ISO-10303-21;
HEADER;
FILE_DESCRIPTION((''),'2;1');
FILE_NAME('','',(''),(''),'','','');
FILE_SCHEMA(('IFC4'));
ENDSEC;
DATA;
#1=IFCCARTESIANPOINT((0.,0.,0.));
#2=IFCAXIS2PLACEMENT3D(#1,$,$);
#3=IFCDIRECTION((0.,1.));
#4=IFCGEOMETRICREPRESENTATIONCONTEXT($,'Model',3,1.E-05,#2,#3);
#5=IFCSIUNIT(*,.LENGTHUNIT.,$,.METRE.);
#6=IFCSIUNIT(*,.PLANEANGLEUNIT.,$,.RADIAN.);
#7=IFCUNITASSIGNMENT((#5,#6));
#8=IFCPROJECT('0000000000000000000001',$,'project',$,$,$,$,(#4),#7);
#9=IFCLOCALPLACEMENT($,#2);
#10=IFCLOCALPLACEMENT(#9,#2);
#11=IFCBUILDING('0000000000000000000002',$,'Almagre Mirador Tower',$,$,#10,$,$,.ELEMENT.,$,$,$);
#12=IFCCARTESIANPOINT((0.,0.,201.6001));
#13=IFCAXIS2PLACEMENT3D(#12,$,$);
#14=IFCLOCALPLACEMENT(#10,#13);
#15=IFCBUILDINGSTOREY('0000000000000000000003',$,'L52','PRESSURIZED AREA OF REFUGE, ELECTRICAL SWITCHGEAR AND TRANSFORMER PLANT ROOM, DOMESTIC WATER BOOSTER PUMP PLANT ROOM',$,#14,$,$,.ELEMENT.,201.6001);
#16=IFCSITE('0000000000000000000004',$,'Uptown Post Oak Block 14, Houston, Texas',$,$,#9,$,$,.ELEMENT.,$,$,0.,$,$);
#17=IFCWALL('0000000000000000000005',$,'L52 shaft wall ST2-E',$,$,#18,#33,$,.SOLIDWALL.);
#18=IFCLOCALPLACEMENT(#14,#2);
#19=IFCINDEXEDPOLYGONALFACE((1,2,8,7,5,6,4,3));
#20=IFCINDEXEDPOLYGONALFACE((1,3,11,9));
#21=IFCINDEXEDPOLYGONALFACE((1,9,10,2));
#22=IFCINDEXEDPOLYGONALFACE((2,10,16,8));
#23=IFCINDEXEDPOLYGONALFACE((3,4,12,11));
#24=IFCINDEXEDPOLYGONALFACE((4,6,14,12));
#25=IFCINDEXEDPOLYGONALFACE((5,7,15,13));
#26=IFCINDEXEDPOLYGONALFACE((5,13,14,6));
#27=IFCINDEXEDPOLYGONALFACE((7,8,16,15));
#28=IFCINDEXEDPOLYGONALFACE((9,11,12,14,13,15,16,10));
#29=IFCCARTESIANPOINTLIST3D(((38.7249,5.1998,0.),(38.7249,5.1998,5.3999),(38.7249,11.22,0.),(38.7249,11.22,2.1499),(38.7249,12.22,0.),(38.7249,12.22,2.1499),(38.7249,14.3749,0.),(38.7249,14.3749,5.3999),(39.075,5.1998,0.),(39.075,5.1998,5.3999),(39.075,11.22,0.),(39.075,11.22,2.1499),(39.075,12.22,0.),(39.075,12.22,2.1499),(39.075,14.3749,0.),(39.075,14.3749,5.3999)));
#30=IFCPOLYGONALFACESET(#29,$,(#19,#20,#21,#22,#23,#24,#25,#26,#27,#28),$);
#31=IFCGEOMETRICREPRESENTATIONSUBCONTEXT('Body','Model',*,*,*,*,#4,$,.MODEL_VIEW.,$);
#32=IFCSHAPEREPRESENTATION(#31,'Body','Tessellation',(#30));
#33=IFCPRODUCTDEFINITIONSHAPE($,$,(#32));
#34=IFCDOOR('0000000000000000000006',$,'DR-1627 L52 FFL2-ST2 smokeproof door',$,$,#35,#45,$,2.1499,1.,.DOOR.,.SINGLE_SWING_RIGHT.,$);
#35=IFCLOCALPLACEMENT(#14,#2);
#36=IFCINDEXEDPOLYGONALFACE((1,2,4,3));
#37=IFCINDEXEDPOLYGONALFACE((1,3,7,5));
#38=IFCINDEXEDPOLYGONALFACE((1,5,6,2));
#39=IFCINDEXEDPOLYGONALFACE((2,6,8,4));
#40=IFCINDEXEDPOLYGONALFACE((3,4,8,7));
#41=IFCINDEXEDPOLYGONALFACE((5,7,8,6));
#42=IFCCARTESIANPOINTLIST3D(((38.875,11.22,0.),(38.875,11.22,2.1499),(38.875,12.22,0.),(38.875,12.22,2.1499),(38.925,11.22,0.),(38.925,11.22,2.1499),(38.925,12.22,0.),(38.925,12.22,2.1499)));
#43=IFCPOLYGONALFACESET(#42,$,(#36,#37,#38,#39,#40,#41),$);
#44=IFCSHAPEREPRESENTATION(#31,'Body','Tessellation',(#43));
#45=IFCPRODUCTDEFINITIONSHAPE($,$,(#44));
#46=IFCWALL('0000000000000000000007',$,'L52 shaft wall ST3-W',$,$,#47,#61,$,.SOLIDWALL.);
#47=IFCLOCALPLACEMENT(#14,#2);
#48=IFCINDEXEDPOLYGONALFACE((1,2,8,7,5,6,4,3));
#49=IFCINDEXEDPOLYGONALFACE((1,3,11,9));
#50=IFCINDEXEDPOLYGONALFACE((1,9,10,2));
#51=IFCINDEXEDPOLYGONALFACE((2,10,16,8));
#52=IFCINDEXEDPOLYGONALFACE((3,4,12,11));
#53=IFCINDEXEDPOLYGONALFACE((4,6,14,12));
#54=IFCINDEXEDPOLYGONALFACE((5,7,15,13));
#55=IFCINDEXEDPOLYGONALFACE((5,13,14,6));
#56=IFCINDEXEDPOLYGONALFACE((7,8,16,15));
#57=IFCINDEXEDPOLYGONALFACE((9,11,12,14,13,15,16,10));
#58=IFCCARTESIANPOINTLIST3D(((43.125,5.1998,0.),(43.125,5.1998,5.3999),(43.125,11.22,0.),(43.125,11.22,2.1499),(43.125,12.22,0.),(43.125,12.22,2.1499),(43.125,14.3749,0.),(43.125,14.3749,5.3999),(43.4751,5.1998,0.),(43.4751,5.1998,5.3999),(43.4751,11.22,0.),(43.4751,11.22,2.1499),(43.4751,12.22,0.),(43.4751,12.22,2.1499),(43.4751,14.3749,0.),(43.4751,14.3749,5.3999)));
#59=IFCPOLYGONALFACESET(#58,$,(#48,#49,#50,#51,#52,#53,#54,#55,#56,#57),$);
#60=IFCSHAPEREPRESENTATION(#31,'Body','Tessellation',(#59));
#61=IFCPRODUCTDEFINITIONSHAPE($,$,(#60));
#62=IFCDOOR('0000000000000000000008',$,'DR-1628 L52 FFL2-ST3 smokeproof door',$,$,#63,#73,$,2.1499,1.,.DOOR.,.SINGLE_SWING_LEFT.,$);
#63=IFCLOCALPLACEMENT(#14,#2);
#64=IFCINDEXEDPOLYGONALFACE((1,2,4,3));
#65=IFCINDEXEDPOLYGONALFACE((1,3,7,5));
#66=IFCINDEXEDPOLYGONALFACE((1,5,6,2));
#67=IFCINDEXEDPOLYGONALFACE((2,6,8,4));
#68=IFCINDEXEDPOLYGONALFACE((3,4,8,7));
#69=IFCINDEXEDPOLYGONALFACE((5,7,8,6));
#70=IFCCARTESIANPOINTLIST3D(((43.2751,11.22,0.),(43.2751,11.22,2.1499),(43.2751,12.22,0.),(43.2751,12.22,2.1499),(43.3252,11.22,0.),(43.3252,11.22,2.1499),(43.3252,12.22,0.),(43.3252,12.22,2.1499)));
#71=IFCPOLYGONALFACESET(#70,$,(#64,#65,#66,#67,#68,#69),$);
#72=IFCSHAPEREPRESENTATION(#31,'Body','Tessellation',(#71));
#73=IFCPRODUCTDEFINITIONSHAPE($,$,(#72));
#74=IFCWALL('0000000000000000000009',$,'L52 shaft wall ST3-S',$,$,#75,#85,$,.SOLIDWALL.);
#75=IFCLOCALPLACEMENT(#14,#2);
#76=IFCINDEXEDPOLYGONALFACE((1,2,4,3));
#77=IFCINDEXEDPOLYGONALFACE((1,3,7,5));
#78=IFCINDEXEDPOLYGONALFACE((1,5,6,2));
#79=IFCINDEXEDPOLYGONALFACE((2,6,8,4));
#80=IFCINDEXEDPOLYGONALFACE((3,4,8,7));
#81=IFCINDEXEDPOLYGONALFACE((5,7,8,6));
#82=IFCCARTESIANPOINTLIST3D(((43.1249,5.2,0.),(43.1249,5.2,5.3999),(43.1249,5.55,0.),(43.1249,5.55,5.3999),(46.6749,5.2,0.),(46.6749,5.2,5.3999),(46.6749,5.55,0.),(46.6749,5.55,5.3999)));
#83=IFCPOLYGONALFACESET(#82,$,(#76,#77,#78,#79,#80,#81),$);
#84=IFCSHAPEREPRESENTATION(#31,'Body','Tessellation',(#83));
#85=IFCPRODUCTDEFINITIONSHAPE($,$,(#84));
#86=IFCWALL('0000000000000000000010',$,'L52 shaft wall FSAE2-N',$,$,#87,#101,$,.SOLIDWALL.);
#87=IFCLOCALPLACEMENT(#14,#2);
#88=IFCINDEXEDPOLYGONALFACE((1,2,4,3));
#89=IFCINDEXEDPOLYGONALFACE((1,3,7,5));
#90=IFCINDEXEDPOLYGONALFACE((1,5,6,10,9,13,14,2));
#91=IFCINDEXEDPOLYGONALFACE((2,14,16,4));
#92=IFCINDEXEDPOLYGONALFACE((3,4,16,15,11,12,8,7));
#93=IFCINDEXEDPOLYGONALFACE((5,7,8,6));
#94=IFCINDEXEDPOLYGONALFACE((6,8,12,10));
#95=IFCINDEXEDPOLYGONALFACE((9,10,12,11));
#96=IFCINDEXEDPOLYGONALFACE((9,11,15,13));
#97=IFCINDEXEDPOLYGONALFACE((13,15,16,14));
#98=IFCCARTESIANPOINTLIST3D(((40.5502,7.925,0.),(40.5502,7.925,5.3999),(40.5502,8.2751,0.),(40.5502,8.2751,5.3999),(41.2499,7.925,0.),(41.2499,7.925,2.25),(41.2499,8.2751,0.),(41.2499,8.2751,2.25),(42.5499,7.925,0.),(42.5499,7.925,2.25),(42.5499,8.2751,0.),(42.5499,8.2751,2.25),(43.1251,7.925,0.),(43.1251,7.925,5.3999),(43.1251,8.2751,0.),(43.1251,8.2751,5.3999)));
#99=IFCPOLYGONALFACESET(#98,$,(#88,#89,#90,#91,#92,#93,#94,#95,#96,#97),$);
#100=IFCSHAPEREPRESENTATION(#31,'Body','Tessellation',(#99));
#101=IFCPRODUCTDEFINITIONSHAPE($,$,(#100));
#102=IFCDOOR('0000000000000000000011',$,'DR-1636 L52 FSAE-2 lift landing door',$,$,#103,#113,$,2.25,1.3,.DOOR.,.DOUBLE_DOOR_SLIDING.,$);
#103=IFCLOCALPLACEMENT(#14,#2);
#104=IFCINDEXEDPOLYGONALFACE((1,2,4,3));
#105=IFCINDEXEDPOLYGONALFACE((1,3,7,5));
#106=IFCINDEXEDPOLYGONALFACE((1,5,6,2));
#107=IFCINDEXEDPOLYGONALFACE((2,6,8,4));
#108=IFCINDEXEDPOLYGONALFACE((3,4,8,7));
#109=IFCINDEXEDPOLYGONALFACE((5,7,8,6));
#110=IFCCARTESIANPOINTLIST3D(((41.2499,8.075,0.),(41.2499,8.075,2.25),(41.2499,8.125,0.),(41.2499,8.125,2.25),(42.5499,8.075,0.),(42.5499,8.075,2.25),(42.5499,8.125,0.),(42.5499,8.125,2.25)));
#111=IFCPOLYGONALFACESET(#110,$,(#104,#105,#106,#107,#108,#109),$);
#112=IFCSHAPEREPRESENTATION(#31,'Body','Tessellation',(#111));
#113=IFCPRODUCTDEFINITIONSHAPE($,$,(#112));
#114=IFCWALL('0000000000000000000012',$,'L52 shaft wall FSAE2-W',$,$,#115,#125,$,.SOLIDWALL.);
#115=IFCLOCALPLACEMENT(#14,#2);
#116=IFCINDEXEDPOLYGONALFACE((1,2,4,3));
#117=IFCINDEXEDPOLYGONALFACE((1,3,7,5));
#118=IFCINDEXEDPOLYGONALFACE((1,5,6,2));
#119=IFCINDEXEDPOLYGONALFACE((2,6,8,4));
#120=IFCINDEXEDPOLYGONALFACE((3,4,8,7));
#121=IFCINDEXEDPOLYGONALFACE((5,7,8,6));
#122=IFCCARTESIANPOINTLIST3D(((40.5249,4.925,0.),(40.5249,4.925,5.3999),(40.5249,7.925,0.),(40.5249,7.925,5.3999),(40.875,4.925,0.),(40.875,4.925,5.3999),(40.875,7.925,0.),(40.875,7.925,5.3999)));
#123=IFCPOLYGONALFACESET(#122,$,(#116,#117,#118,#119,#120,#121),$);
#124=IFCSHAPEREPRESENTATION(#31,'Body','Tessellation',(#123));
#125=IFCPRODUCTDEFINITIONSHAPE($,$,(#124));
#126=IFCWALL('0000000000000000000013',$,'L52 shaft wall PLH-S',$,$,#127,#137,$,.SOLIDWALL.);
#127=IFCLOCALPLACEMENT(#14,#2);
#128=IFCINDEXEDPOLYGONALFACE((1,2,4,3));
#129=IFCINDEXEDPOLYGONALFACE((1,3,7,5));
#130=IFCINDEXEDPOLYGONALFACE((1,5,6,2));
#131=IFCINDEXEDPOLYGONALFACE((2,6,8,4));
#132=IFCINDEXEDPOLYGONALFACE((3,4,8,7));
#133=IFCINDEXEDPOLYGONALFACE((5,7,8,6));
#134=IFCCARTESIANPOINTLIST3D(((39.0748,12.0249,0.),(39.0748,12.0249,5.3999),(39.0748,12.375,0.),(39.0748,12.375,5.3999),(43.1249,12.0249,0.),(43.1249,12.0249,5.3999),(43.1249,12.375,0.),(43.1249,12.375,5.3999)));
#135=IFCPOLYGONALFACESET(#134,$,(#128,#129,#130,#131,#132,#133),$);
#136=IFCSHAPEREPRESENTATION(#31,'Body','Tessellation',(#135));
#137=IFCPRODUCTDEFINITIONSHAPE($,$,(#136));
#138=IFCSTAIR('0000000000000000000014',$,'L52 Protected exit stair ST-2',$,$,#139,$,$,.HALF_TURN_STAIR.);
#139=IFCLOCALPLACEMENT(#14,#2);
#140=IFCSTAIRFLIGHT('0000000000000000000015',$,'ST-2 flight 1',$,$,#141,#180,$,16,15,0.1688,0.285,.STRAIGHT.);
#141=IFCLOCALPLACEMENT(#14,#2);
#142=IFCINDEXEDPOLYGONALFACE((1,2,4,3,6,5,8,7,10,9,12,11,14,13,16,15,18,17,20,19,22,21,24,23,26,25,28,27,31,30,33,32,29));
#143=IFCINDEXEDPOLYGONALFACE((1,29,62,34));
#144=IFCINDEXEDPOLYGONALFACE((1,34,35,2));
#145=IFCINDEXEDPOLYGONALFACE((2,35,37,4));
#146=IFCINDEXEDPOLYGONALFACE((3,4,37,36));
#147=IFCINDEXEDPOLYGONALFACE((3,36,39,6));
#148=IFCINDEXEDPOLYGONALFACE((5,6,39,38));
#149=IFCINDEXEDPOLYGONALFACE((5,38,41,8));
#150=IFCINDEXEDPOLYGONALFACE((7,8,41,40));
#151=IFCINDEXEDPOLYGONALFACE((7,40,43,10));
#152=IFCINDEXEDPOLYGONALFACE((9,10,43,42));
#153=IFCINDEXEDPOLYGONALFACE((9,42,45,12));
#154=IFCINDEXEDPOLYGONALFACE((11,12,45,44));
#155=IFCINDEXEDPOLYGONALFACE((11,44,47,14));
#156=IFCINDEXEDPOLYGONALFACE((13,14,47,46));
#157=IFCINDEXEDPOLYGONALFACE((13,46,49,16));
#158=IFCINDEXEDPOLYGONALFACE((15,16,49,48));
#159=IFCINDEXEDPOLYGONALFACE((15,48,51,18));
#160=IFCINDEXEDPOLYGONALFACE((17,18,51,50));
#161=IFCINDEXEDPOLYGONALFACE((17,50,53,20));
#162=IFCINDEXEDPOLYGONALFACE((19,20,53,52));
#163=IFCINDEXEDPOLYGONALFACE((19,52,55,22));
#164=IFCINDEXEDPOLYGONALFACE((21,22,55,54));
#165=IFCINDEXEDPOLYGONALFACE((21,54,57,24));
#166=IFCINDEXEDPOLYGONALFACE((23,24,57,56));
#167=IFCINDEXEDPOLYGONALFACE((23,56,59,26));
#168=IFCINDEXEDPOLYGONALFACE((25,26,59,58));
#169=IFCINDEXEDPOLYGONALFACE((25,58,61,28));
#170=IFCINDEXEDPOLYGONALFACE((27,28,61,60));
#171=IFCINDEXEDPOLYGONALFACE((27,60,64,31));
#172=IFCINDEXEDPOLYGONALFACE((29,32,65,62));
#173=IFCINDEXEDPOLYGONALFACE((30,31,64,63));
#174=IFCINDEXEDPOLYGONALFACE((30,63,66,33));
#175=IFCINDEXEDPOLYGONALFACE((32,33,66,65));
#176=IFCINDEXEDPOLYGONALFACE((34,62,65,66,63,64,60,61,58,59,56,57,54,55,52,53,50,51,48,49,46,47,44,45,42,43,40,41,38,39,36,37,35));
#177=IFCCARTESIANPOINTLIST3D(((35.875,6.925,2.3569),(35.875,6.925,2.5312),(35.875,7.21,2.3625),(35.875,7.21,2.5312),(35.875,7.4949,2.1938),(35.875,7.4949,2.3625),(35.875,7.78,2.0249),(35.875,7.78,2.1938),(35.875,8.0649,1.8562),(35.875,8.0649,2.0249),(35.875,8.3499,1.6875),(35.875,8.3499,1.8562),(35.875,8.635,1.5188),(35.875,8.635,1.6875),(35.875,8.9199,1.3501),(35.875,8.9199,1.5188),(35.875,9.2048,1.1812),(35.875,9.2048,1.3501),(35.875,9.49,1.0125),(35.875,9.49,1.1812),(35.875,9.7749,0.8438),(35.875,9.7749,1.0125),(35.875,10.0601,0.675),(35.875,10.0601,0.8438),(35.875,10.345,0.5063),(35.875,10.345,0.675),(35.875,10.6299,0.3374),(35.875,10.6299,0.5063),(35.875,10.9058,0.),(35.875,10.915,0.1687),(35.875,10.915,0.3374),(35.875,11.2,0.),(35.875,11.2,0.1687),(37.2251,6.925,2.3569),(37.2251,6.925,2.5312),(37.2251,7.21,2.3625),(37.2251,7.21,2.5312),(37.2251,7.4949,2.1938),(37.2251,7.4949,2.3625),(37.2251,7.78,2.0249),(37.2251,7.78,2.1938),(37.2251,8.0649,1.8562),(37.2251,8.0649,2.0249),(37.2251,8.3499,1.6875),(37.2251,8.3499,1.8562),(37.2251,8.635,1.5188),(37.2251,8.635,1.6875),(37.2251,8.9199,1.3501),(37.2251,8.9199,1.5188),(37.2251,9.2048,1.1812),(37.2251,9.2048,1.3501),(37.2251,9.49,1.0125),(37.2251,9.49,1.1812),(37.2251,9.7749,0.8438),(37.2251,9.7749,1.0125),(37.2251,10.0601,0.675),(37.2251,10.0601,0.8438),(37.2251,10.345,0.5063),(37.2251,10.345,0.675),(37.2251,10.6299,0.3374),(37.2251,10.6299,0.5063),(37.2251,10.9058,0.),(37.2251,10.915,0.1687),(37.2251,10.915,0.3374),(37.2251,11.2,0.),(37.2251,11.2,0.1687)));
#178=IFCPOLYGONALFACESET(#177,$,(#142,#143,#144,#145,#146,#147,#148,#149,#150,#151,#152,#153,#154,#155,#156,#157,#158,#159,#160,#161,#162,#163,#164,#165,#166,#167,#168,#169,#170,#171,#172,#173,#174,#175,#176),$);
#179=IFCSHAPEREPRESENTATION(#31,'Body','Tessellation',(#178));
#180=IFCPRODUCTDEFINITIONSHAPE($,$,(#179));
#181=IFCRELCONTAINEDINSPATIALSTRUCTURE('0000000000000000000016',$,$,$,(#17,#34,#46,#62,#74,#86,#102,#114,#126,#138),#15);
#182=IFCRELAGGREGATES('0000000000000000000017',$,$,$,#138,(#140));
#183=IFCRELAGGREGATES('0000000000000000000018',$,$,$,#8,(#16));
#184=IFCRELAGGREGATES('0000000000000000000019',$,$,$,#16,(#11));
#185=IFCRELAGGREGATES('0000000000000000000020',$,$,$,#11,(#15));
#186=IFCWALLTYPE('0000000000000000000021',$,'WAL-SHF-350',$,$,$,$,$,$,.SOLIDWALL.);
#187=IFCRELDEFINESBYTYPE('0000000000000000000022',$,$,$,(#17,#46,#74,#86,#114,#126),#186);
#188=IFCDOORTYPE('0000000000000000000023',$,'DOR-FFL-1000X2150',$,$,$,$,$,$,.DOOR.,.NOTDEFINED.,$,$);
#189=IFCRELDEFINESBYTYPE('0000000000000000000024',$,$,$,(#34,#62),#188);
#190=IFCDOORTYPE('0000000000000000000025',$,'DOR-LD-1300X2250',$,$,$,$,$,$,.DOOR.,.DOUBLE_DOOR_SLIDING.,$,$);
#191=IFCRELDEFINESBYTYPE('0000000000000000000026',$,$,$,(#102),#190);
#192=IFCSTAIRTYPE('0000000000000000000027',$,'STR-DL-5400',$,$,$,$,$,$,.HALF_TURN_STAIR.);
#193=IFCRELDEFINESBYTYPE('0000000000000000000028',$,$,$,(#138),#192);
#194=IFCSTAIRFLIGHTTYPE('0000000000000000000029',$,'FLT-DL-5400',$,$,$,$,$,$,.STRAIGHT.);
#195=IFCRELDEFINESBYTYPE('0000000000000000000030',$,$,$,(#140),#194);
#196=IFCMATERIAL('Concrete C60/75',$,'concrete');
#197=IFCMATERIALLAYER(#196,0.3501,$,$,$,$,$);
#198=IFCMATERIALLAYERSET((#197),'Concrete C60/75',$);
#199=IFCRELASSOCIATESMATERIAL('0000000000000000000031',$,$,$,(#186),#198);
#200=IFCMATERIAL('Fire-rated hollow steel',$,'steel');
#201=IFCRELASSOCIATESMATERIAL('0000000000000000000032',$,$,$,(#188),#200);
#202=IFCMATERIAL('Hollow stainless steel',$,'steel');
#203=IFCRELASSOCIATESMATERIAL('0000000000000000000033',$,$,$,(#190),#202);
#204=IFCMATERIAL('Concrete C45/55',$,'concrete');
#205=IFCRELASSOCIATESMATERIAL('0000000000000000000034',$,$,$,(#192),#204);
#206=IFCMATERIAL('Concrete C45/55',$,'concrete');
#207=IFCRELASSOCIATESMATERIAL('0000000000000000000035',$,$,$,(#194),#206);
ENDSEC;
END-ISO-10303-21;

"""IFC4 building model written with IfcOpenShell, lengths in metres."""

from ifc_helpers import new_model, si_unit, direction, frame, frame_2d, origin, place, context, subcontext, project, spatial, polyline, rectangle, outline, extrude, material, layer, layer_set, type_object, element, fill, aggregate, save


model = new_model("IFC4")

# Units and contexts
model_context = context("Model", 3, precision=1e-05, world=origin(), true_north=direction((0.0, 1.0)))
body_context = subcontext(model_context, "Body", "Model", "MODEL_VIEW")
ifc_project = project(units=[si_unit("LENGTHUNIT", "METRE"), si_unit("PLANEANGLEUNIT", "RADIAN")], contexts=[model_context])

# Site, building, storey
site_placement = place(None, origin())
site = spatial("IfcSite", under=ifc_project, at=site_placement, Name="Uptown Post Oak Block 14, Houston, Texas", CompositionType="ELEMENT", RefElevation=0.0)
building_placement = place(site_placement, origin())
building = spatial("IfcBuilding", under=site, at=building_placement, Name="Almagre Mirador Tower", CompositionType="ELEMENT")
storey_placement = place(building_placement, frame((0.0, 0.0, 201.6001)))
storey = spatial("IfcBuildingStorey", under=building, at=storey_placement, Name="L52", Description="PRESSURIZED AREA OF REFUGE, ELECTRICAL SWITCHGEAR AND TRANSFORMER PLANT ROOM, DOMESTIC WATER BOOSTER PUMP PLANT ROOM", CompositionType="ELEMENT", Elevation=201.6001)

# Walls, openings, doors
ifc_material_1 = material(Name="Concrete C60/75", Category="concrete")
ifc_layer_1 = layer(ifc_material_1, 0.3501)
ifc_layer_set_1 = layer_set([ifc_layer_1], Name="Concrete C60/75")
wall_type_1 = type_object("IfcWallType", Name="WAL-SHF-350", PredefinedType="SOLIDWALL", material=ifc_layer_set_1)
wall_1_placement = place(storey_placement, frame((38.8999, 5.2, 0.0), z_axis=(0.0, 0.0, 1.0), x_axis=(0.0, 1.0, 0.0)))
wall_1 = element("IfcWall", 1, at=wall_1_placement, inside=storey, type_object=wall_type_1, Name="L52 shaft wall ST2-E", PredefinedType="SOLIDWALL", context=body_context, shape_type="SweptSolid", body=[
    extrude(rectangle(XDim=9.175, YDim=0.3501, at=frame_2d((4.5874, 0.0))), origin(), (0.0, 0.0, 1.0), 5.3999),
])
opening_1_placement = place(wall_1_placement, frame((6.02, 0.0, 0.0)))
opening_1 = element("IfcOpeningElement", 2, at=opening_1_placement, cuts=wall_1, PredefinedType="OPENING", context=body_context, shape_type="SweptSolid", body=[
    extrude(rectangle(XDim=1.0, YDim=2.1499, at=frame_2d((0.5, 1.075))), frame((0.0, 0.185, 0.0), z_axis=(0.0, -1.0, 0.0), x_axis=(1.0, 0.0, 0.0)), (0.0, 0.0, 1.0), 0.3701),
])
ifc_material_2 = material(Name="Fire-rated hollow steel", Category="steel")
door_type_1 = type_object("IfcDoorType", Name="DOR-FFL-1000X2150", OperationType="NOTDEFINED", PredefinedType="DOOR", material=ifc_material_2)
door_1_placement = place(opening_1_placement, origin())
door_1 = element("IfcDoor", 3, at=door_1_placement, inside=storey, type_object=door_type_1, Name="DR-1627 L52 FFL2-ST2 smokeproof door", OperationType="SINGLE_SWING_RIGHT", OverallHeight=2.1499, OverallWidth=1.0, PredefinedType="DOOR", context=body_context, shape_type="SweptSolid", body=[
    extrude(rectangle(XDim=1.0, YDim=2.1499, at=frame_2d((0.5, 1.075))), frame((0.0, 0.0249, 0.0), z_axis=(0.0, -1.0, 0.0), x_axis=(1.0, 0.0, 0.0)), (0.0, 0.0, 1.0), 0.05),
])
fill(opening_1, door_1)
wall_2_placement = place(storey_placement, frame((43.3, 5.2, 0.0), z_axis=(0.0, 0.0, 1.0), x_axis=(0.0, 1.0, 0.0)))
wall_2 = element("IfcWall", 4, at=wall_2_placement, inside=storey, type_object=wall_type_1, Name="L52 shaft wall ST3-W", PredefinedType="SOLIDWALL", context=body_context, shape_type="SweptSolid", body=[
    extrude(rectangle(XDim=9.175, YDim=0.3501, at=frame_2d((4.5874, 0.0))), origin(), (0.0, 0.0, 1.0), 5.3999),
])
opening_2_placement = place(wall_2_placement, frame((6.02, 0.0, 0.0)))
opening_2 = element("IfcOpeningElement", 5, at=opening_2_placement, cuts=wall_2, PredefinedType="OPENING", context=body_context, shape_type="SweptSolid", body=[
    extrude(rectangle(XDim=1.0, YDim=2.1499, at=frame_2d((0.5, 1.075))), frame((0.0, 0.185, 0.0), z_axis=(0.0, -1.0, 0.0), x_axis=(1.0, 0.0, 0.0)), (0.0, 0.0, 1.0), 0.3701),
])
door_2_placement = place(opening_2_placement, origin())
door_2 = element("IfcDoor", 6, at=door_2_placement, inside=storey, type_object=door_type_1, Name="DR-1628 L52 FFL2-ST3 smokeproof door", OperationType="SINGLE_SWING_LEFT", OverallHeight=2.1499, OverallWidth=1.0, PredefinedType="DOOR", context=body_context, shape_type="SweptSolid", body=[
    extrude(rectangle(XDim=1.0, YDim=2.1499, at=frame_2d((0.5, 1.075))), frame((0.0, 0.0249, 0.0), z_axis=(0.0, -1.0, 0.0), x_axis=(1.0, 0.0, 0.0)), (0.0, 0.0, 1.0), 0.05),
])
fill(opening_2, door_2)

# Wall
wall_3_placement = place(storey_placement, frame((43.125, 5.375, 0.0), z_axis=(0.0, 0.0, 1.0), x_axis=(1.0, 0.0, 0.0)))
element("IfcWall", 7, at=wall_3_placement, inside=storey, type_object=wall_type_1, Name="L52 shaft wall ST3-S", PredefinedType="SOLIDWALL", context=body_context, shape_type="SweptSolid", body=[
    extrude(rectangle(XDim=3.55, YDim=0.3501, at=frame_2d((1.7749, 0.0))), origin(), (0.0, 0.0, 1.0), 5.3999),
])

# Wall, opening, door
wall_4_placement = place(storey_placement, frame((40.55, 8.1001, 0.0), z_axis=(0.0, 0.0, 1.0), x_axis=(1.0, 0.0, 0.0)))
wall_4 = element("IfcWall", 8, at=wall_4_placement, inside=storey, type_object=wall_type_1, Name="L52 shaft wall FSAE2-N", PredefinedType="SOLIDWALL", context=body_context, shape_type="SweptSolid", body=[
    extrude(rectangle(XDim=2.575, YDim=0.3501, at=frame_2d((1.2876, 0.0))), origin(), (0.0, 0.0, 1.0), 5.3999),
])
opening_3_placement = place(wall_4_placement, frame((0.7, 0.0, 0.0)))
opening_3 = element("IfcOpeningElement", 9, at=opening_3_placement, cuts=wall_4, PredefinedType="OPENING", context=body_context, shape_type="SweptSolid", body=[
    extrude(rectangle(XDim=1.3, YDim=2.25, at=frame_2d((0.6499, 1.125))), frame((0.0, 0.185, 0.0), z_axis=(0.0, -1.0, 0.0), x_axis=(1.0, 0.0, 0.0)), (0.0, 0.0, 1.0), 0.3701),
])
ifc_material_3 = material(Name="Hollow stainless steel", Category="steel")
door_type_2 = type_object("IfcDoorType", Name="DOR-LD-1300X2250", OperationType="DOUBLE_DOOR_SLIDING", PredefinedType="DOOR", material=ifc_material_3)
door_3_placement = place(opening_3_placement, origin())
door_3 = element("IfcDoor", 10, at=door_3_placement, inside=storey, type_object=door_type_2, Name="DR-1636 L52 FSAE-2 lift landing door", OperationType="DOUBLE_DOOR_SLIDING", OverallHeight=2.25, OverallWidth=1.3, PredefinedType="DOOR", context=body_context, shape_type="SweptSolid", body=[
    extrude(rectangle(XDim=1.3, YDim=2.25, at=frame_2d((0.6499, 1.125))), frame((0.0, 0.0249, 0.0), z_axis=(0.0, -1.0, 0.0), x_axis=(1.0, 0.0, 0.0)), (0.0, 0.0, 1.0), 0.05),
])
fill(opening_3, door_3)

# Walls
wall_5_placement = place(storey_placement, frame((40.7, 4.925, 0.0), z_axis=(0.0, 0.0, 1.0), x_axis=(0.0, 1.0, 0.0)))
element("IfcWall", 11, at=wall_5_placement, inside=storey, type_object=wall_type_1, Name="L52 shaft wall FSAE2-W", PredefinedType="SOLIDWALL", context=body_context, shape_type="SweptSolid", body=[
    extrude(rectangle(XDim=3.0, YDim=0.3501, at=frame_2d((1.5, 0.0))), origin(), (0.0, 0.0, 1.0), 5.3999),
])
wall_6_placement = place(storey_placement, frame((39.075, 12.2, 0.0), z_axis=(0.0, 0.0, 1.0), x_axis=(1.0, 0.0, 0.0)))
element("IfcWall", 12, at=wall_6_placement, inside=storey, type_object=wall_type_1, Name="L52 shaft wall PLH-S", PredefinedType="SOLIDWALL", context=body_context, shape_type="SweptSolid", body=[
    extrude(rectangle(XDim=4.05, YDim=0.3501, at=frame_2d((2.0249, 0.0))), origin(), (0.0, 0.0, 1.0), 5.3999),
])

# Stair, stair flight
ifc_material_4 = material(Name="Concrete C45/55", Category="concrete")
stair_type = type_object("IfcStairType", Name="STR-DL-5400", PredefinedType="HALF_TURN_STAIR", material=ifc_material_4)
stair_1_placement = place(storey_placement, origin())
stair_1 = element("IfcStair", 13, at=stair_1_placement, inside=storey, type_object=stair_type, Name="L52 Protected exit stair ST-2", PredefinedType="HALF_TURN_STAIR")
ifc_material_5 = material(Name="Concrete C45/55", Category="concrete")
stair_flight_type = type_object("IfcStairFlightType", Name="FLT-DL-5400", PredefinedType="STRAIGHT", material=ifc_material_5)
stair_flight_1_placement = place(storey_placement, frame((36.55, 11.2, 0.0), z_axis=(0.0, 0.0, 1.0), x_axis=(0.0, -1.0, 0.0)))
stair_flight_1 = element("IfcStairFlight", 14, at=stair_flight_1_placement, type_object=stair_flight_type, Name="ST-2 flight 1", NumberOfRisers=16, NumberOfTreads=15, PredefinedType="STRAIGHT", RiserHeight=0.1688, TreadLength=0.285, context=body_context, shape_type="SweptSolid", body=[
    extrude(outline(polyline([(0.0, 0.0), (0.0, 0.1687), (0.2849, 0.1687), (0.2849, 0.3374), (0.5701, 0.3374), (0.5701, 0.5063), (0.855, 0.5063), (0.855, 0.675), (1.1399, 0.675), (1.1399, 0.8438), (1.425, 0.8438), (1.425, 1.0125), (1.71, 1.0125), (1.71, 1.1812), (1.9951, 1.1812), (1.9951, 1.3501), (2.28, 1.3501), (2.28, 1.5188), (2.5649, 1.5188), (2.5649, 1.6875), (2.8501, 1.6875), (2.8501, 1.8562), (3.135, 1.8562), (3.135, 2.0249), (3.4199, 2.0249), (3.4199, 2.1938), (3.7051, 2.1938), (3.7051, 2.3625), (3.99, 2.3625), (3.99, 2.5312), (4.2749, 2.5312), (4.2749, 2.7), (4.2749, 2.3569), (0.2942, 0.0), (0.0, 0.0)])), frame((0.0, 0.675, 0.0), z_axis=(0.0, -1.0, 0.0), x_axis=(1.0, 0.0, 0.0)), (0.0, 0.0, 1.0), 1.3501),
])
aggregate(stair_1, [stair_flight_1])

save(model, "model.ifc")
